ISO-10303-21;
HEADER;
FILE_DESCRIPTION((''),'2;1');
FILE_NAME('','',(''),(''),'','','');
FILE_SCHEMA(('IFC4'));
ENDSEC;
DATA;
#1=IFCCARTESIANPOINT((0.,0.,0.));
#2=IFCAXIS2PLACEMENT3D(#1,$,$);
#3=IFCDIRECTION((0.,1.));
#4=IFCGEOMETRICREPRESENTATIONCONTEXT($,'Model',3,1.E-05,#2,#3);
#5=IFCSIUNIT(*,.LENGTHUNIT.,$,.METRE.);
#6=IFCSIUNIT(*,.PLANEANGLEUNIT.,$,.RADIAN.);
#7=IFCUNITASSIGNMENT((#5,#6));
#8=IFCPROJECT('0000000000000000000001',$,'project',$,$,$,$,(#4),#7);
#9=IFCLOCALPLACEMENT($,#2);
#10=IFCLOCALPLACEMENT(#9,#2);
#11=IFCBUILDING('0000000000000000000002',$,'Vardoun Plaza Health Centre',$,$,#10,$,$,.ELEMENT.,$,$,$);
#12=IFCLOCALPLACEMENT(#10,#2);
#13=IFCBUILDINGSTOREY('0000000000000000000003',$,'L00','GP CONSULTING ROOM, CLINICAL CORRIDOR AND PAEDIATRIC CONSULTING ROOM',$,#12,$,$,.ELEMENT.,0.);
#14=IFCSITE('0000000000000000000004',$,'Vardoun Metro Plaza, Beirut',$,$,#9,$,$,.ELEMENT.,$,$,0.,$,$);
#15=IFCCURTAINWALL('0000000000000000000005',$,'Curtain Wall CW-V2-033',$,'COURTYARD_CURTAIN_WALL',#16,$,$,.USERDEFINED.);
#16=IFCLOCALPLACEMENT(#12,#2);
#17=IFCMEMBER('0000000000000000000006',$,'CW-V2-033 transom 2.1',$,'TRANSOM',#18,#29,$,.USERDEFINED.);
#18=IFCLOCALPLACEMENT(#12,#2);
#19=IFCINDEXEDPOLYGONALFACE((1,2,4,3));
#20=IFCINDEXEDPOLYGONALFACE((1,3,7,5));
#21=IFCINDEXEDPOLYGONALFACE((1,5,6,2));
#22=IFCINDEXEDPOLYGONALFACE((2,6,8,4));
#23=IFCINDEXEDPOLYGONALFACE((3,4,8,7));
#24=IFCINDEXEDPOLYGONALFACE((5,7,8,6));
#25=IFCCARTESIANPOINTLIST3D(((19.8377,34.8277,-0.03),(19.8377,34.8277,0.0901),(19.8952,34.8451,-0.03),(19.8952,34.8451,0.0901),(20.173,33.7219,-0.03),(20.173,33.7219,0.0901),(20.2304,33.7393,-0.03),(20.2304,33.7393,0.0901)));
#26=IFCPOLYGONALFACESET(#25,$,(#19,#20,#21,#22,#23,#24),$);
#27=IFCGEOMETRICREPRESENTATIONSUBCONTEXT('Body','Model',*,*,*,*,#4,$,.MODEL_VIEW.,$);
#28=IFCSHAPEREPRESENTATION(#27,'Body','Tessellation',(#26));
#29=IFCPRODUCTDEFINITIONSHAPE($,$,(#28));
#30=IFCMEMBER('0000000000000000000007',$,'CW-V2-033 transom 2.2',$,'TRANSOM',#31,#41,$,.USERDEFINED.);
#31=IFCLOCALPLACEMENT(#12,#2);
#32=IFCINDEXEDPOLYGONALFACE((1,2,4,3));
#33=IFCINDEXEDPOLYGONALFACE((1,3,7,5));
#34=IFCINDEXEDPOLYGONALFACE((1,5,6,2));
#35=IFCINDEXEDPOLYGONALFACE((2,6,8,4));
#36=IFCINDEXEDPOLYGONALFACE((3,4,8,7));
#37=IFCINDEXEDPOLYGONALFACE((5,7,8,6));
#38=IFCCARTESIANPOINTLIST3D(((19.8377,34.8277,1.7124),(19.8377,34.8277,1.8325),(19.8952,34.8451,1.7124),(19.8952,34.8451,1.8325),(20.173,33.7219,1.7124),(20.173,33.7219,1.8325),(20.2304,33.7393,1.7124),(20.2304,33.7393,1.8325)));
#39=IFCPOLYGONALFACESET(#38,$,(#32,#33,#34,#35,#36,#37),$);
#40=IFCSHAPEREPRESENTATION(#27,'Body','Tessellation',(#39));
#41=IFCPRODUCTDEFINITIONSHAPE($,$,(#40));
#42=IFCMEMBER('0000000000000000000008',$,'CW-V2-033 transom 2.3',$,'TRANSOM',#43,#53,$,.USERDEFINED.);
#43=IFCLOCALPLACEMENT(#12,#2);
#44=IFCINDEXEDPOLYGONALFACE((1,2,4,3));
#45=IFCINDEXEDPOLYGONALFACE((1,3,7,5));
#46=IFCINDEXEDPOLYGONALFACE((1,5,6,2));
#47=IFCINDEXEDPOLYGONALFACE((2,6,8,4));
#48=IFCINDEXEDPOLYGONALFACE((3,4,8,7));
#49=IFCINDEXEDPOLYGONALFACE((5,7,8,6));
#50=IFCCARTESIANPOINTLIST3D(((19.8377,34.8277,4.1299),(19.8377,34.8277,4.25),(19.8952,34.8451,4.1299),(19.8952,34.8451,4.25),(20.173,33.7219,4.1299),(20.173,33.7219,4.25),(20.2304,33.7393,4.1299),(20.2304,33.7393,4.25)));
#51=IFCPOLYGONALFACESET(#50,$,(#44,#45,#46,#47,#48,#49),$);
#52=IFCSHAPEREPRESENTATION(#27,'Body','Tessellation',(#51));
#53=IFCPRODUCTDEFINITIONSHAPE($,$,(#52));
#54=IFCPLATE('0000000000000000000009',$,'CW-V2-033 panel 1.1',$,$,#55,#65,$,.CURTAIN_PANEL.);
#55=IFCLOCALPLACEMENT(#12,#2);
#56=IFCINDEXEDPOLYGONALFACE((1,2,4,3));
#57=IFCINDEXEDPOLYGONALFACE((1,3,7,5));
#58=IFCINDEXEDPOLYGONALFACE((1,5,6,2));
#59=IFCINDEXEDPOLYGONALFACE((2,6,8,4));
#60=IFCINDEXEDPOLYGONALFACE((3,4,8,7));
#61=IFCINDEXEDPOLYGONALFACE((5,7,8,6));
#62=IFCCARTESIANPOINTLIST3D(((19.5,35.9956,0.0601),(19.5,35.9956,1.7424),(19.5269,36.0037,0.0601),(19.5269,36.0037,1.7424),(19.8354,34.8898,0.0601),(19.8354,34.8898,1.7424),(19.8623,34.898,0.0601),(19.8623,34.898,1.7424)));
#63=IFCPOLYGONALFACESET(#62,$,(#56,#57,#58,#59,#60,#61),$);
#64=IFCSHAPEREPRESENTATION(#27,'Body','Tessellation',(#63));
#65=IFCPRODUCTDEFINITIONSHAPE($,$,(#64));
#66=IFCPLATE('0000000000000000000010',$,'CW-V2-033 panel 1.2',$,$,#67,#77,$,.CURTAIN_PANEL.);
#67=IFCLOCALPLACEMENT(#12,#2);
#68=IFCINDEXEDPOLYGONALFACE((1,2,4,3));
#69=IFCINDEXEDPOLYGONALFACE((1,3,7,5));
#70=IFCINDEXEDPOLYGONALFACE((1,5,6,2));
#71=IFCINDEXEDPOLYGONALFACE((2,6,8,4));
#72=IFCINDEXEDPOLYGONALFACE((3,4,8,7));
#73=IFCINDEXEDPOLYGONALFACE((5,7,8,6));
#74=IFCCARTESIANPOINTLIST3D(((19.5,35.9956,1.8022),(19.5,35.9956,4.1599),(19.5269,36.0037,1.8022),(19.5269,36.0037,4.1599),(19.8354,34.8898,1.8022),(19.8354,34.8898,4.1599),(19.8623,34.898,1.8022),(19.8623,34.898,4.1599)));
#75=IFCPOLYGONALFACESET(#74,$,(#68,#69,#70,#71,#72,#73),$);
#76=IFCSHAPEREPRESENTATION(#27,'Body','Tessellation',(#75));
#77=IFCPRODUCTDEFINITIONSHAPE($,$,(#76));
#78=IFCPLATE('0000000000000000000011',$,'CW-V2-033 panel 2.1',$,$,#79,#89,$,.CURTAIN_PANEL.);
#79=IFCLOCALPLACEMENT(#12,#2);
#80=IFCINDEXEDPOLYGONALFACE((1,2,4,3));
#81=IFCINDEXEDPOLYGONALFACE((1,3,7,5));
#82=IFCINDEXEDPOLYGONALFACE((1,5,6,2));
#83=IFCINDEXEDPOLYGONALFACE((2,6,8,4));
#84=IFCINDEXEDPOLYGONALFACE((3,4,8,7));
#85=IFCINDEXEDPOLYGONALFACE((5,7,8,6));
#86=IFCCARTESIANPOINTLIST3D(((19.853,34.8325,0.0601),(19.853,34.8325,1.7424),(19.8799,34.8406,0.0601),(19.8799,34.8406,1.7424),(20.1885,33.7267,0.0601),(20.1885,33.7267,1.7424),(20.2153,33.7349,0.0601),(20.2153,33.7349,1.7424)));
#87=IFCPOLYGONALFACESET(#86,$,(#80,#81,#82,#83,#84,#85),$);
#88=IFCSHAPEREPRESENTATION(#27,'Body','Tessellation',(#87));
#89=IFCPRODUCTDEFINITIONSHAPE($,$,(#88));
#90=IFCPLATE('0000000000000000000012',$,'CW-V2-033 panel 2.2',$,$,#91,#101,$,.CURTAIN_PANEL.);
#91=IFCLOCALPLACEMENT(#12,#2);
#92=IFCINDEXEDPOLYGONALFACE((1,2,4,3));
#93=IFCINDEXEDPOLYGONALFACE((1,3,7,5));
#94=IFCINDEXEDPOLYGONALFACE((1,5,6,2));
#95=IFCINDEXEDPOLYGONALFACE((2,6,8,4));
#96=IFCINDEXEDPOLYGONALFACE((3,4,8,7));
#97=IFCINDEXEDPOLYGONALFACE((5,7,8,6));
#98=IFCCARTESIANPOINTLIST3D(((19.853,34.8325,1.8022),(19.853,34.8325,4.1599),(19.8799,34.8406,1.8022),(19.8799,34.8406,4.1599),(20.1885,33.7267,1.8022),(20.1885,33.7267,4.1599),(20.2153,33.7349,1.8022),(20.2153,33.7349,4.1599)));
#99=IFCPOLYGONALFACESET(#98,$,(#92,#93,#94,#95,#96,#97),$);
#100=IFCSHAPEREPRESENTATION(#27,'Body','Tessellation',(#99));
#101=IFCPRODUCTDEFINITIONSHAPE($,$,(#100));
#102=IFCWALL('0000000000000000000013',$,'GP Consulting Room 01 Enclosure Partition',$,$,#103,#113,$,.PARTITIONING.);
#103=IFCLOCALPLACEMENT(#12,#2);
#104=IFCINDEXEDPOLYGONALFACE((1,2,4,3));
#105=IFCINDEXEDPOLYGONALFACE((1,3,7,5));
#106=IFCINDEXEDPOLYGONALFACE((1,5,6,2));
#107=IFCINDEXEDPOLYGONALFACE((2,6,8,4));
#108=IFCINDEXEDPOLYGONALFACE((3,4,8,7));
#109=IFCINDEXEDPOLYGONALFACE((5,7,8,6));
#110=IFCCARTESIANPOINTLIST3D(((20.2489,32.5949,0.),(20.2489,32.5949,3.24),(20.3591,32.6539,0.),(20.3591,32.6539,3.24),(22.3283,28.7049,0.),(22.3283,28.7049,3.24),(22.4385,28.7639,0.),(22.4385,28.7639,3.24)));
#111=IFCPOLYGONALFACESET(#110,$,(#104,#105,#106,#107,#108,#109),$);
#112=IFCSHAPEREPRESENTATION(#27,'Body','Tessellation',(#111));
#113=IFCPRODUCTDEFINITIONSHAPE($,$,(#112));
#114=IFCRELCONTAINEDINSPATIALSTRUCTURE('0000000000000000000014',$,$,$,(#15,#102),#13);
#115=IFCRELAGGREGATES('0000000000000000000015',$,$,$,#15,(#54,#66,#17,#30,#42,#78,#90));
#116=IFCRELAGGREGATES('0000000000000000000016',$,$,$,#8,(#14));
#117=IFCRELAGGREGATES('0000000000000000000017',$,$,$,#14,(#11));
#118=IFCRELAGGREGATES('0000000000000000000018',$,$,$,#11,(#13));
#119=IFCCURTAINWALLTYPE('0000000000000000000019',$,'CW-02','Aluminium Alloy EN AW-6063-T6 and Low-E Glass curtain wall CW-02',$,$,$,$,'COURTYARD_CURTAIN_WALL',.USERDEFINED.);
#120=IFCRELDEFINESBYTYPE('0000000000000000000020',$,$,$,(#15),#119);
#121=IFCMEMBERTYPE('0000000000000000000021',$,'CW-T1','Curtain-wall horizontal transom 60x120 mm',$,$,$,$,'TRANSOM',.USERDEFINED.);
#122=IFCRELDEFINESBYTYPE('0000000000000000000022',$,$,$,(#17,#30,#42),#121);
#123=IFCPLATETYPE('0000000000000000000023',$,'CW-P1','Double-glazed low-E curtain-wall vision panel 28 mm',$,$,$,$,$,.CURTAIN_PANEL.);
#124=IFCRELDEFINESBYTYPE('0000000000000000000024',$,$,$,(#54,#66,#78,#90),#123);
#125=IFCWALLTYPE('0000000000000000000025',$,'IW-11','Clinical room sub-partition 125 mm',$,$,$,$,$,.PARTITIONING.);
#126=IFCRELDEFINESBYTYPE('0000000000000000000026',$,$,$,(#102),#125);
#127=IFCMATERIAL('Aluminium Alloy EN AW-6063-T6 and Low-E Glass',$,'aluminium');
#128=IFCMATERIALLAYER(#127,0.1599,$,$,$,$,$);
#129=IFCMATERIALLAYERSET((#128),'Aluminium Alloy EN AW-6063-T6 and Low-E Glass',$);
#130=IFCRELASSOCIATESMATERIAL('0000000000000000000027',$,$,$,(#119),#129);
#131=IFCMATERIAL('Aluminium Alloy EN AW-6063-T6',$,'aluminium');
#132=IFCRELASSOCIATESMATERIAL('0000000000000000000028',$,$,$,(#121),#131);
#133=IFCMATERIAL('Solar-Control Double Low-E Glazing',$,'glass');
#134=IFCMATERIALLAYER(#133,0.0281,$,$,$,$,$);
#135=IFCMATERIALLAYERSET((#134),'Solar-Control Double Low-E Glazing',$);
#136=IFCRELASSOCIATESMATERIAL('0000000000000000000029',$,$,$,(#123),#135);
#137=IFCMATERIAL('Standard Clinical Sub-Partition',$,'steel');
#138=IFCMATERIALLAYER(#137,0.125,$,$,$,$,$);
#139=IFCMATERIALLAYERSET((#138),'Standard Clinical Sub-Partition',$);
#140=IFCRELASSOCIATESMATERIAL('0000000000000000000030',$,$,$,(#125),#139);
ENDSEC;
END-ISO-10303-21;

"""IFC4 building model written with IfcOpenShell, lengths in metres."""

from ifc_helpers import new_model, si_unit, direction, frame, frame_2d, origin, origin_2d, place, context, subcontext, project, spatial, rectangle, extrude, material, layer, layer_set, material_profile, profile_set, type_object, element, aggregate, save


model = new_model("IFC4")

# Units and contexts
model_context = context("Model", 3, precision=1e-05, world=origin(), true_north=direction((0.0, 1.0)))
body_context = subcontext(model_context, "Body", "Model", "MODEL_VIEW")
ifc_project = project(units=[si_unit("LENGTHUNIT", "METRE"), si_unit("PLANEANGLEUNIT", "RADIAN")], contexts=[model_context])

# Site, building, storey
site_placement = place(None, origin())
site = spatial("IfcSite", under=ifc_project, at=site_placement, Name="Vardoun Metro Plaza, Beirut", CompositionType="ELEMENT", RefElevation=0.0)
building_placement = place(site_placement, origin())
building = spatial("IfcBuilding", under=site, at=building_placement, Name="Vardoun Plaza Health Centre", CompositionType="ELEMENT")
storey_placement = place(building_placement, origin())
storey = spatial("IfcBuildingStorey", under=building, at=storey_placement, Name="L00", Description="GP CONSULTING ROOM, CLINICAL CORRIDOR AND PAEDIATRIC CONSULTING ROOM", CompositionType="ELEMENT", Elevation=0.0)

# Curtain wall
ifc_material_1 = material(Name="Aluminium Alloy EN AW-6063-T6 and Low-E Glass", Category="aluminium")
ifc_layer_1 = layer(ifc_material_1, 0.1599)
ifc_layer_set_1 = layer_set([ifc_layer_1], Name="Aluminium Alloy EN AW-6063-T6 and Low-E Glass")
curtain_wall_type = type_object("IfcCurtainWallType", Name="CW-02", Description="Aluminium Alloy EN AW-6063-T6 and Low-E Glass curtain wall CW-02", ElementType="COURTYARD_CURTAIN_WALL", PredefinedType="USERDEFINED", material=ifc_layer_set_1)
curtain_wall_1_placement = place(storey_placement, origin())
curtain_wall_1 = element("IfcCurtainWall", 1, at=curtain_wall_1_placement, inside=storey, type_object=curtain_wall_type, Name="Curtain Wall CW-V2-033", ObjectType="COURTYARD_CURTAIN_WALL", PredefinedType="USERDEFINED")

# Members
ifc_material_2 = material(Name="Aluminium Alloy EN AW-6063-T6", Category="aluminium")
ifc_material_profile_1 = material_profile(ifc_material_2, rectangle(XDim=0.0601, YDim=0.1201, at=origin_2d()), Name="CWT 60x120")
ifc_profile_set_1 = profile_set([ifc_material_profile_1], Name="Aluminium Alloy EN AW-6063-T6")
member_type_1 = type_object("IfcMemberType", Name="CW-T1", Description="Curtain-wall horizontal transom 60x120 mm", ElementType="TRANSOM", PredefinedType="USERDEFINED", material=ifc_profile_set_1)
member_1_placement = place(storey_placement, frame((19.8665, 34.8364, 0.03), z_axis=(0.290119, -0.956991, 0.0), x_axis=(0.956991, 0.290119, 0.0)))
member_1 = element("IfcMember", 2, at=member_1_placement, type_object=member_type_1, Name="CW-V2-033 transom 2.1", ObjectType="TRANSOM", PredefinedType="USERDEFINED", context=body_context, shape_type="SweptSolid", body=[
    extrude(rectangle(XDim=0.0601, YDim=0.1201, at=origin_2d()), origin(), (0.0, 0.0, 1.0), 1.1555),
])
member_2_placement = place(storey_placement, frame((19.8665, 34.8364, 1.7725), z_axis=(0.290119, -0.956991, 0.0), x_axis=(0.956991, 0.290119, 0.0)))
member_2 = element("IfcMember", 3, at=member_2_placement, type_object=member_type_1, Name="CW-V2-033 transom 2.2", ObjectType="TRANSOM", PredefinedType="USERDEFINED", context=body_context, shape_type="SweptSolid", body=[
    extrude(rectangle(XDim=0.0601, YDim=0.1201, at=origin_2d()), origin(), (0.0, 0.0, 1.0), 1.1555),
])
member_3_placement = place(storey_placement, frame((19.8665, 34.8364, 4.1899), z_axis=(0.290119, -0.956991, 0.0), x_axis=(0.956991, 0.290119, 0.0)))
member_3 = element("IfcMember", 4, at=member_3_placement, type_object=member_type_1, Name="CW-V2-033 transom 2.3", ObjectType="TRANSOM", PredefinedType="USERDEFINED", context=body_context, shape_type="SweptSolid", body=[
    extrude(rectangle(XDim=0.0601, YDim=0.1201, at=origin_2d()), origin(), (0.0, 0.0, 1.0), 1.1555),
])

# Plates
ifc_material_3 = material(Name="Solar-Control Double Low-E Glazing", Category="glass")
ifc_layer_2 = layer(ifc_material_3, 0.0281)
ifc_layer_set_2 = layer_set([ifc_layer_2], Name="Solar-Control Double Low-E Glazing")
plate_type = type_object("IfcPlateType", Name="CW-P1", Description="Double-glazed low-E curtain-wall vision panel 28 mm", PredefinedType="CURTAIN_PANEL", material=ifc_layer_set_2)
plate_1_placement = place(storey_placement, frame((19.6812, 35.4468, 0.0601), z_axis=(0.0, 0.0, 1.0), x_axis=(0.2903, -0.956936, 0.0)))
plate_1 = element("IfcPlate", 5, at=plate_1_placement, type_object=plate_type, Name="CW-V2-033 panel 1.1", PredefinedType="CURTAIN_PANEL", context=body_context, shape_type="SweptSolid", body=[
    extrude(rectangle(XDim=1.1555, YDim=0.0281, at=origin_2d()), origin(), (0.0, 0.0, 1.0), 1.6824),
])
plate_2_placement = place(storey_placement, frame((19.6812, 35.4468, 1.8022), z_axis=(0.0, 0.0, 1.0), x_axis=(0.2903, -0.956936, 0.0)))
plate_2 = element("IfcPlate", 6, at=plate_2_placement, type_object=plate_type, Name="CW-V2-033 panel 1.2", PredefinedType="CURTAIN_PANEL", context=body_context, shape_type="SweptSolid", body=[
    extrude(rectangle(XDim=1.1555, YDim=0.0281, at=origin_2d()), origin(), (0.0, 0.0, 1.0), 2.3577),
])
plate_3_placement = place(storey_placement, frame((20.0342, 34.2837, 0.0601), z_axis=(0.0, 0.0, 1.0), x_axis=(0.2903, -0.956936, 0.0)))
plate_3 = element("IfcPlate", 7, at=plate_3_placement, type_object=plate_type, Name="CW-V2-033 panel 2.1", PredefinedType="CURTAIN_PANEL", context=body_context, shape_type="SweptSolid", body=[
    extrude(rectangle(XDim=1.1555, YDim=0.0281, at=origin_2d()), origin(), (0.0, 0.0, 1.0), 1.6824),
])
plate_4_placement = place(storey_placement, frame((20.0342, 34.2837, 1.8022), z_axis=(0.0, 0.0, 1.0), x_axis=(0.2903, -0.956936, 0.0)))
plate_4 = element("IfcPlate", 8, at=plate_4_placement, type_object=plate_type, Name="CW-V2-033 panel 2.2", PredefinedType="CURTAIN_PANEL", context=body_context, shape_type="SweptSolid", body=[
    extrude(rectangle(XDim=1.1555, YDim=0.0281, at=origin_2d()), origin(), (0.0, 0.0, 1.0), 2.3577),
])
aggregate(curtain_wall_1, [plate_1, plate_2, member_1, member_2, member_3, plate_3, plate_4])

# Wall
ifc_material_4 = material(Name="Standard Clinical Sub-Partition", Category="steel")
ifc_layer_3 = layer(ifc_material_4, 0.125)
ifc_layer_set_3 = layer_set([ifc_layer_3], Name="Standard Clinical Sub-Partition")
wall_type = type_object("IfcWallType", Name="IW-11", Description="Clinical room sub-partition 125 mm", PredefinedType="PARTITIONING", material=ifc_layer_set_3)
wall_placement = place(storey_placement, frame((20.304, 32.6245, 0.0), z_axis=(0.0, 0.0, 1.0), x_axis=(0.471424, -0.881907, 0.0)))
element("IfcWall", 9, at=wall_placement, inside=storey, type_object=wall_type, Name="GP Consulting Room 01 Enclosure Partition", PredefinedType="PARTITIONING", context=body_context, shape_type="SweptSolid", body=[
    extrude(rectangle(XDim=4.4109, YDim=0.125, at=frame_2d((2.2056, 0.0))), origin(), (0.0, 0.0, 1.0), 3.24),
])

save(model, "model.ifc")
